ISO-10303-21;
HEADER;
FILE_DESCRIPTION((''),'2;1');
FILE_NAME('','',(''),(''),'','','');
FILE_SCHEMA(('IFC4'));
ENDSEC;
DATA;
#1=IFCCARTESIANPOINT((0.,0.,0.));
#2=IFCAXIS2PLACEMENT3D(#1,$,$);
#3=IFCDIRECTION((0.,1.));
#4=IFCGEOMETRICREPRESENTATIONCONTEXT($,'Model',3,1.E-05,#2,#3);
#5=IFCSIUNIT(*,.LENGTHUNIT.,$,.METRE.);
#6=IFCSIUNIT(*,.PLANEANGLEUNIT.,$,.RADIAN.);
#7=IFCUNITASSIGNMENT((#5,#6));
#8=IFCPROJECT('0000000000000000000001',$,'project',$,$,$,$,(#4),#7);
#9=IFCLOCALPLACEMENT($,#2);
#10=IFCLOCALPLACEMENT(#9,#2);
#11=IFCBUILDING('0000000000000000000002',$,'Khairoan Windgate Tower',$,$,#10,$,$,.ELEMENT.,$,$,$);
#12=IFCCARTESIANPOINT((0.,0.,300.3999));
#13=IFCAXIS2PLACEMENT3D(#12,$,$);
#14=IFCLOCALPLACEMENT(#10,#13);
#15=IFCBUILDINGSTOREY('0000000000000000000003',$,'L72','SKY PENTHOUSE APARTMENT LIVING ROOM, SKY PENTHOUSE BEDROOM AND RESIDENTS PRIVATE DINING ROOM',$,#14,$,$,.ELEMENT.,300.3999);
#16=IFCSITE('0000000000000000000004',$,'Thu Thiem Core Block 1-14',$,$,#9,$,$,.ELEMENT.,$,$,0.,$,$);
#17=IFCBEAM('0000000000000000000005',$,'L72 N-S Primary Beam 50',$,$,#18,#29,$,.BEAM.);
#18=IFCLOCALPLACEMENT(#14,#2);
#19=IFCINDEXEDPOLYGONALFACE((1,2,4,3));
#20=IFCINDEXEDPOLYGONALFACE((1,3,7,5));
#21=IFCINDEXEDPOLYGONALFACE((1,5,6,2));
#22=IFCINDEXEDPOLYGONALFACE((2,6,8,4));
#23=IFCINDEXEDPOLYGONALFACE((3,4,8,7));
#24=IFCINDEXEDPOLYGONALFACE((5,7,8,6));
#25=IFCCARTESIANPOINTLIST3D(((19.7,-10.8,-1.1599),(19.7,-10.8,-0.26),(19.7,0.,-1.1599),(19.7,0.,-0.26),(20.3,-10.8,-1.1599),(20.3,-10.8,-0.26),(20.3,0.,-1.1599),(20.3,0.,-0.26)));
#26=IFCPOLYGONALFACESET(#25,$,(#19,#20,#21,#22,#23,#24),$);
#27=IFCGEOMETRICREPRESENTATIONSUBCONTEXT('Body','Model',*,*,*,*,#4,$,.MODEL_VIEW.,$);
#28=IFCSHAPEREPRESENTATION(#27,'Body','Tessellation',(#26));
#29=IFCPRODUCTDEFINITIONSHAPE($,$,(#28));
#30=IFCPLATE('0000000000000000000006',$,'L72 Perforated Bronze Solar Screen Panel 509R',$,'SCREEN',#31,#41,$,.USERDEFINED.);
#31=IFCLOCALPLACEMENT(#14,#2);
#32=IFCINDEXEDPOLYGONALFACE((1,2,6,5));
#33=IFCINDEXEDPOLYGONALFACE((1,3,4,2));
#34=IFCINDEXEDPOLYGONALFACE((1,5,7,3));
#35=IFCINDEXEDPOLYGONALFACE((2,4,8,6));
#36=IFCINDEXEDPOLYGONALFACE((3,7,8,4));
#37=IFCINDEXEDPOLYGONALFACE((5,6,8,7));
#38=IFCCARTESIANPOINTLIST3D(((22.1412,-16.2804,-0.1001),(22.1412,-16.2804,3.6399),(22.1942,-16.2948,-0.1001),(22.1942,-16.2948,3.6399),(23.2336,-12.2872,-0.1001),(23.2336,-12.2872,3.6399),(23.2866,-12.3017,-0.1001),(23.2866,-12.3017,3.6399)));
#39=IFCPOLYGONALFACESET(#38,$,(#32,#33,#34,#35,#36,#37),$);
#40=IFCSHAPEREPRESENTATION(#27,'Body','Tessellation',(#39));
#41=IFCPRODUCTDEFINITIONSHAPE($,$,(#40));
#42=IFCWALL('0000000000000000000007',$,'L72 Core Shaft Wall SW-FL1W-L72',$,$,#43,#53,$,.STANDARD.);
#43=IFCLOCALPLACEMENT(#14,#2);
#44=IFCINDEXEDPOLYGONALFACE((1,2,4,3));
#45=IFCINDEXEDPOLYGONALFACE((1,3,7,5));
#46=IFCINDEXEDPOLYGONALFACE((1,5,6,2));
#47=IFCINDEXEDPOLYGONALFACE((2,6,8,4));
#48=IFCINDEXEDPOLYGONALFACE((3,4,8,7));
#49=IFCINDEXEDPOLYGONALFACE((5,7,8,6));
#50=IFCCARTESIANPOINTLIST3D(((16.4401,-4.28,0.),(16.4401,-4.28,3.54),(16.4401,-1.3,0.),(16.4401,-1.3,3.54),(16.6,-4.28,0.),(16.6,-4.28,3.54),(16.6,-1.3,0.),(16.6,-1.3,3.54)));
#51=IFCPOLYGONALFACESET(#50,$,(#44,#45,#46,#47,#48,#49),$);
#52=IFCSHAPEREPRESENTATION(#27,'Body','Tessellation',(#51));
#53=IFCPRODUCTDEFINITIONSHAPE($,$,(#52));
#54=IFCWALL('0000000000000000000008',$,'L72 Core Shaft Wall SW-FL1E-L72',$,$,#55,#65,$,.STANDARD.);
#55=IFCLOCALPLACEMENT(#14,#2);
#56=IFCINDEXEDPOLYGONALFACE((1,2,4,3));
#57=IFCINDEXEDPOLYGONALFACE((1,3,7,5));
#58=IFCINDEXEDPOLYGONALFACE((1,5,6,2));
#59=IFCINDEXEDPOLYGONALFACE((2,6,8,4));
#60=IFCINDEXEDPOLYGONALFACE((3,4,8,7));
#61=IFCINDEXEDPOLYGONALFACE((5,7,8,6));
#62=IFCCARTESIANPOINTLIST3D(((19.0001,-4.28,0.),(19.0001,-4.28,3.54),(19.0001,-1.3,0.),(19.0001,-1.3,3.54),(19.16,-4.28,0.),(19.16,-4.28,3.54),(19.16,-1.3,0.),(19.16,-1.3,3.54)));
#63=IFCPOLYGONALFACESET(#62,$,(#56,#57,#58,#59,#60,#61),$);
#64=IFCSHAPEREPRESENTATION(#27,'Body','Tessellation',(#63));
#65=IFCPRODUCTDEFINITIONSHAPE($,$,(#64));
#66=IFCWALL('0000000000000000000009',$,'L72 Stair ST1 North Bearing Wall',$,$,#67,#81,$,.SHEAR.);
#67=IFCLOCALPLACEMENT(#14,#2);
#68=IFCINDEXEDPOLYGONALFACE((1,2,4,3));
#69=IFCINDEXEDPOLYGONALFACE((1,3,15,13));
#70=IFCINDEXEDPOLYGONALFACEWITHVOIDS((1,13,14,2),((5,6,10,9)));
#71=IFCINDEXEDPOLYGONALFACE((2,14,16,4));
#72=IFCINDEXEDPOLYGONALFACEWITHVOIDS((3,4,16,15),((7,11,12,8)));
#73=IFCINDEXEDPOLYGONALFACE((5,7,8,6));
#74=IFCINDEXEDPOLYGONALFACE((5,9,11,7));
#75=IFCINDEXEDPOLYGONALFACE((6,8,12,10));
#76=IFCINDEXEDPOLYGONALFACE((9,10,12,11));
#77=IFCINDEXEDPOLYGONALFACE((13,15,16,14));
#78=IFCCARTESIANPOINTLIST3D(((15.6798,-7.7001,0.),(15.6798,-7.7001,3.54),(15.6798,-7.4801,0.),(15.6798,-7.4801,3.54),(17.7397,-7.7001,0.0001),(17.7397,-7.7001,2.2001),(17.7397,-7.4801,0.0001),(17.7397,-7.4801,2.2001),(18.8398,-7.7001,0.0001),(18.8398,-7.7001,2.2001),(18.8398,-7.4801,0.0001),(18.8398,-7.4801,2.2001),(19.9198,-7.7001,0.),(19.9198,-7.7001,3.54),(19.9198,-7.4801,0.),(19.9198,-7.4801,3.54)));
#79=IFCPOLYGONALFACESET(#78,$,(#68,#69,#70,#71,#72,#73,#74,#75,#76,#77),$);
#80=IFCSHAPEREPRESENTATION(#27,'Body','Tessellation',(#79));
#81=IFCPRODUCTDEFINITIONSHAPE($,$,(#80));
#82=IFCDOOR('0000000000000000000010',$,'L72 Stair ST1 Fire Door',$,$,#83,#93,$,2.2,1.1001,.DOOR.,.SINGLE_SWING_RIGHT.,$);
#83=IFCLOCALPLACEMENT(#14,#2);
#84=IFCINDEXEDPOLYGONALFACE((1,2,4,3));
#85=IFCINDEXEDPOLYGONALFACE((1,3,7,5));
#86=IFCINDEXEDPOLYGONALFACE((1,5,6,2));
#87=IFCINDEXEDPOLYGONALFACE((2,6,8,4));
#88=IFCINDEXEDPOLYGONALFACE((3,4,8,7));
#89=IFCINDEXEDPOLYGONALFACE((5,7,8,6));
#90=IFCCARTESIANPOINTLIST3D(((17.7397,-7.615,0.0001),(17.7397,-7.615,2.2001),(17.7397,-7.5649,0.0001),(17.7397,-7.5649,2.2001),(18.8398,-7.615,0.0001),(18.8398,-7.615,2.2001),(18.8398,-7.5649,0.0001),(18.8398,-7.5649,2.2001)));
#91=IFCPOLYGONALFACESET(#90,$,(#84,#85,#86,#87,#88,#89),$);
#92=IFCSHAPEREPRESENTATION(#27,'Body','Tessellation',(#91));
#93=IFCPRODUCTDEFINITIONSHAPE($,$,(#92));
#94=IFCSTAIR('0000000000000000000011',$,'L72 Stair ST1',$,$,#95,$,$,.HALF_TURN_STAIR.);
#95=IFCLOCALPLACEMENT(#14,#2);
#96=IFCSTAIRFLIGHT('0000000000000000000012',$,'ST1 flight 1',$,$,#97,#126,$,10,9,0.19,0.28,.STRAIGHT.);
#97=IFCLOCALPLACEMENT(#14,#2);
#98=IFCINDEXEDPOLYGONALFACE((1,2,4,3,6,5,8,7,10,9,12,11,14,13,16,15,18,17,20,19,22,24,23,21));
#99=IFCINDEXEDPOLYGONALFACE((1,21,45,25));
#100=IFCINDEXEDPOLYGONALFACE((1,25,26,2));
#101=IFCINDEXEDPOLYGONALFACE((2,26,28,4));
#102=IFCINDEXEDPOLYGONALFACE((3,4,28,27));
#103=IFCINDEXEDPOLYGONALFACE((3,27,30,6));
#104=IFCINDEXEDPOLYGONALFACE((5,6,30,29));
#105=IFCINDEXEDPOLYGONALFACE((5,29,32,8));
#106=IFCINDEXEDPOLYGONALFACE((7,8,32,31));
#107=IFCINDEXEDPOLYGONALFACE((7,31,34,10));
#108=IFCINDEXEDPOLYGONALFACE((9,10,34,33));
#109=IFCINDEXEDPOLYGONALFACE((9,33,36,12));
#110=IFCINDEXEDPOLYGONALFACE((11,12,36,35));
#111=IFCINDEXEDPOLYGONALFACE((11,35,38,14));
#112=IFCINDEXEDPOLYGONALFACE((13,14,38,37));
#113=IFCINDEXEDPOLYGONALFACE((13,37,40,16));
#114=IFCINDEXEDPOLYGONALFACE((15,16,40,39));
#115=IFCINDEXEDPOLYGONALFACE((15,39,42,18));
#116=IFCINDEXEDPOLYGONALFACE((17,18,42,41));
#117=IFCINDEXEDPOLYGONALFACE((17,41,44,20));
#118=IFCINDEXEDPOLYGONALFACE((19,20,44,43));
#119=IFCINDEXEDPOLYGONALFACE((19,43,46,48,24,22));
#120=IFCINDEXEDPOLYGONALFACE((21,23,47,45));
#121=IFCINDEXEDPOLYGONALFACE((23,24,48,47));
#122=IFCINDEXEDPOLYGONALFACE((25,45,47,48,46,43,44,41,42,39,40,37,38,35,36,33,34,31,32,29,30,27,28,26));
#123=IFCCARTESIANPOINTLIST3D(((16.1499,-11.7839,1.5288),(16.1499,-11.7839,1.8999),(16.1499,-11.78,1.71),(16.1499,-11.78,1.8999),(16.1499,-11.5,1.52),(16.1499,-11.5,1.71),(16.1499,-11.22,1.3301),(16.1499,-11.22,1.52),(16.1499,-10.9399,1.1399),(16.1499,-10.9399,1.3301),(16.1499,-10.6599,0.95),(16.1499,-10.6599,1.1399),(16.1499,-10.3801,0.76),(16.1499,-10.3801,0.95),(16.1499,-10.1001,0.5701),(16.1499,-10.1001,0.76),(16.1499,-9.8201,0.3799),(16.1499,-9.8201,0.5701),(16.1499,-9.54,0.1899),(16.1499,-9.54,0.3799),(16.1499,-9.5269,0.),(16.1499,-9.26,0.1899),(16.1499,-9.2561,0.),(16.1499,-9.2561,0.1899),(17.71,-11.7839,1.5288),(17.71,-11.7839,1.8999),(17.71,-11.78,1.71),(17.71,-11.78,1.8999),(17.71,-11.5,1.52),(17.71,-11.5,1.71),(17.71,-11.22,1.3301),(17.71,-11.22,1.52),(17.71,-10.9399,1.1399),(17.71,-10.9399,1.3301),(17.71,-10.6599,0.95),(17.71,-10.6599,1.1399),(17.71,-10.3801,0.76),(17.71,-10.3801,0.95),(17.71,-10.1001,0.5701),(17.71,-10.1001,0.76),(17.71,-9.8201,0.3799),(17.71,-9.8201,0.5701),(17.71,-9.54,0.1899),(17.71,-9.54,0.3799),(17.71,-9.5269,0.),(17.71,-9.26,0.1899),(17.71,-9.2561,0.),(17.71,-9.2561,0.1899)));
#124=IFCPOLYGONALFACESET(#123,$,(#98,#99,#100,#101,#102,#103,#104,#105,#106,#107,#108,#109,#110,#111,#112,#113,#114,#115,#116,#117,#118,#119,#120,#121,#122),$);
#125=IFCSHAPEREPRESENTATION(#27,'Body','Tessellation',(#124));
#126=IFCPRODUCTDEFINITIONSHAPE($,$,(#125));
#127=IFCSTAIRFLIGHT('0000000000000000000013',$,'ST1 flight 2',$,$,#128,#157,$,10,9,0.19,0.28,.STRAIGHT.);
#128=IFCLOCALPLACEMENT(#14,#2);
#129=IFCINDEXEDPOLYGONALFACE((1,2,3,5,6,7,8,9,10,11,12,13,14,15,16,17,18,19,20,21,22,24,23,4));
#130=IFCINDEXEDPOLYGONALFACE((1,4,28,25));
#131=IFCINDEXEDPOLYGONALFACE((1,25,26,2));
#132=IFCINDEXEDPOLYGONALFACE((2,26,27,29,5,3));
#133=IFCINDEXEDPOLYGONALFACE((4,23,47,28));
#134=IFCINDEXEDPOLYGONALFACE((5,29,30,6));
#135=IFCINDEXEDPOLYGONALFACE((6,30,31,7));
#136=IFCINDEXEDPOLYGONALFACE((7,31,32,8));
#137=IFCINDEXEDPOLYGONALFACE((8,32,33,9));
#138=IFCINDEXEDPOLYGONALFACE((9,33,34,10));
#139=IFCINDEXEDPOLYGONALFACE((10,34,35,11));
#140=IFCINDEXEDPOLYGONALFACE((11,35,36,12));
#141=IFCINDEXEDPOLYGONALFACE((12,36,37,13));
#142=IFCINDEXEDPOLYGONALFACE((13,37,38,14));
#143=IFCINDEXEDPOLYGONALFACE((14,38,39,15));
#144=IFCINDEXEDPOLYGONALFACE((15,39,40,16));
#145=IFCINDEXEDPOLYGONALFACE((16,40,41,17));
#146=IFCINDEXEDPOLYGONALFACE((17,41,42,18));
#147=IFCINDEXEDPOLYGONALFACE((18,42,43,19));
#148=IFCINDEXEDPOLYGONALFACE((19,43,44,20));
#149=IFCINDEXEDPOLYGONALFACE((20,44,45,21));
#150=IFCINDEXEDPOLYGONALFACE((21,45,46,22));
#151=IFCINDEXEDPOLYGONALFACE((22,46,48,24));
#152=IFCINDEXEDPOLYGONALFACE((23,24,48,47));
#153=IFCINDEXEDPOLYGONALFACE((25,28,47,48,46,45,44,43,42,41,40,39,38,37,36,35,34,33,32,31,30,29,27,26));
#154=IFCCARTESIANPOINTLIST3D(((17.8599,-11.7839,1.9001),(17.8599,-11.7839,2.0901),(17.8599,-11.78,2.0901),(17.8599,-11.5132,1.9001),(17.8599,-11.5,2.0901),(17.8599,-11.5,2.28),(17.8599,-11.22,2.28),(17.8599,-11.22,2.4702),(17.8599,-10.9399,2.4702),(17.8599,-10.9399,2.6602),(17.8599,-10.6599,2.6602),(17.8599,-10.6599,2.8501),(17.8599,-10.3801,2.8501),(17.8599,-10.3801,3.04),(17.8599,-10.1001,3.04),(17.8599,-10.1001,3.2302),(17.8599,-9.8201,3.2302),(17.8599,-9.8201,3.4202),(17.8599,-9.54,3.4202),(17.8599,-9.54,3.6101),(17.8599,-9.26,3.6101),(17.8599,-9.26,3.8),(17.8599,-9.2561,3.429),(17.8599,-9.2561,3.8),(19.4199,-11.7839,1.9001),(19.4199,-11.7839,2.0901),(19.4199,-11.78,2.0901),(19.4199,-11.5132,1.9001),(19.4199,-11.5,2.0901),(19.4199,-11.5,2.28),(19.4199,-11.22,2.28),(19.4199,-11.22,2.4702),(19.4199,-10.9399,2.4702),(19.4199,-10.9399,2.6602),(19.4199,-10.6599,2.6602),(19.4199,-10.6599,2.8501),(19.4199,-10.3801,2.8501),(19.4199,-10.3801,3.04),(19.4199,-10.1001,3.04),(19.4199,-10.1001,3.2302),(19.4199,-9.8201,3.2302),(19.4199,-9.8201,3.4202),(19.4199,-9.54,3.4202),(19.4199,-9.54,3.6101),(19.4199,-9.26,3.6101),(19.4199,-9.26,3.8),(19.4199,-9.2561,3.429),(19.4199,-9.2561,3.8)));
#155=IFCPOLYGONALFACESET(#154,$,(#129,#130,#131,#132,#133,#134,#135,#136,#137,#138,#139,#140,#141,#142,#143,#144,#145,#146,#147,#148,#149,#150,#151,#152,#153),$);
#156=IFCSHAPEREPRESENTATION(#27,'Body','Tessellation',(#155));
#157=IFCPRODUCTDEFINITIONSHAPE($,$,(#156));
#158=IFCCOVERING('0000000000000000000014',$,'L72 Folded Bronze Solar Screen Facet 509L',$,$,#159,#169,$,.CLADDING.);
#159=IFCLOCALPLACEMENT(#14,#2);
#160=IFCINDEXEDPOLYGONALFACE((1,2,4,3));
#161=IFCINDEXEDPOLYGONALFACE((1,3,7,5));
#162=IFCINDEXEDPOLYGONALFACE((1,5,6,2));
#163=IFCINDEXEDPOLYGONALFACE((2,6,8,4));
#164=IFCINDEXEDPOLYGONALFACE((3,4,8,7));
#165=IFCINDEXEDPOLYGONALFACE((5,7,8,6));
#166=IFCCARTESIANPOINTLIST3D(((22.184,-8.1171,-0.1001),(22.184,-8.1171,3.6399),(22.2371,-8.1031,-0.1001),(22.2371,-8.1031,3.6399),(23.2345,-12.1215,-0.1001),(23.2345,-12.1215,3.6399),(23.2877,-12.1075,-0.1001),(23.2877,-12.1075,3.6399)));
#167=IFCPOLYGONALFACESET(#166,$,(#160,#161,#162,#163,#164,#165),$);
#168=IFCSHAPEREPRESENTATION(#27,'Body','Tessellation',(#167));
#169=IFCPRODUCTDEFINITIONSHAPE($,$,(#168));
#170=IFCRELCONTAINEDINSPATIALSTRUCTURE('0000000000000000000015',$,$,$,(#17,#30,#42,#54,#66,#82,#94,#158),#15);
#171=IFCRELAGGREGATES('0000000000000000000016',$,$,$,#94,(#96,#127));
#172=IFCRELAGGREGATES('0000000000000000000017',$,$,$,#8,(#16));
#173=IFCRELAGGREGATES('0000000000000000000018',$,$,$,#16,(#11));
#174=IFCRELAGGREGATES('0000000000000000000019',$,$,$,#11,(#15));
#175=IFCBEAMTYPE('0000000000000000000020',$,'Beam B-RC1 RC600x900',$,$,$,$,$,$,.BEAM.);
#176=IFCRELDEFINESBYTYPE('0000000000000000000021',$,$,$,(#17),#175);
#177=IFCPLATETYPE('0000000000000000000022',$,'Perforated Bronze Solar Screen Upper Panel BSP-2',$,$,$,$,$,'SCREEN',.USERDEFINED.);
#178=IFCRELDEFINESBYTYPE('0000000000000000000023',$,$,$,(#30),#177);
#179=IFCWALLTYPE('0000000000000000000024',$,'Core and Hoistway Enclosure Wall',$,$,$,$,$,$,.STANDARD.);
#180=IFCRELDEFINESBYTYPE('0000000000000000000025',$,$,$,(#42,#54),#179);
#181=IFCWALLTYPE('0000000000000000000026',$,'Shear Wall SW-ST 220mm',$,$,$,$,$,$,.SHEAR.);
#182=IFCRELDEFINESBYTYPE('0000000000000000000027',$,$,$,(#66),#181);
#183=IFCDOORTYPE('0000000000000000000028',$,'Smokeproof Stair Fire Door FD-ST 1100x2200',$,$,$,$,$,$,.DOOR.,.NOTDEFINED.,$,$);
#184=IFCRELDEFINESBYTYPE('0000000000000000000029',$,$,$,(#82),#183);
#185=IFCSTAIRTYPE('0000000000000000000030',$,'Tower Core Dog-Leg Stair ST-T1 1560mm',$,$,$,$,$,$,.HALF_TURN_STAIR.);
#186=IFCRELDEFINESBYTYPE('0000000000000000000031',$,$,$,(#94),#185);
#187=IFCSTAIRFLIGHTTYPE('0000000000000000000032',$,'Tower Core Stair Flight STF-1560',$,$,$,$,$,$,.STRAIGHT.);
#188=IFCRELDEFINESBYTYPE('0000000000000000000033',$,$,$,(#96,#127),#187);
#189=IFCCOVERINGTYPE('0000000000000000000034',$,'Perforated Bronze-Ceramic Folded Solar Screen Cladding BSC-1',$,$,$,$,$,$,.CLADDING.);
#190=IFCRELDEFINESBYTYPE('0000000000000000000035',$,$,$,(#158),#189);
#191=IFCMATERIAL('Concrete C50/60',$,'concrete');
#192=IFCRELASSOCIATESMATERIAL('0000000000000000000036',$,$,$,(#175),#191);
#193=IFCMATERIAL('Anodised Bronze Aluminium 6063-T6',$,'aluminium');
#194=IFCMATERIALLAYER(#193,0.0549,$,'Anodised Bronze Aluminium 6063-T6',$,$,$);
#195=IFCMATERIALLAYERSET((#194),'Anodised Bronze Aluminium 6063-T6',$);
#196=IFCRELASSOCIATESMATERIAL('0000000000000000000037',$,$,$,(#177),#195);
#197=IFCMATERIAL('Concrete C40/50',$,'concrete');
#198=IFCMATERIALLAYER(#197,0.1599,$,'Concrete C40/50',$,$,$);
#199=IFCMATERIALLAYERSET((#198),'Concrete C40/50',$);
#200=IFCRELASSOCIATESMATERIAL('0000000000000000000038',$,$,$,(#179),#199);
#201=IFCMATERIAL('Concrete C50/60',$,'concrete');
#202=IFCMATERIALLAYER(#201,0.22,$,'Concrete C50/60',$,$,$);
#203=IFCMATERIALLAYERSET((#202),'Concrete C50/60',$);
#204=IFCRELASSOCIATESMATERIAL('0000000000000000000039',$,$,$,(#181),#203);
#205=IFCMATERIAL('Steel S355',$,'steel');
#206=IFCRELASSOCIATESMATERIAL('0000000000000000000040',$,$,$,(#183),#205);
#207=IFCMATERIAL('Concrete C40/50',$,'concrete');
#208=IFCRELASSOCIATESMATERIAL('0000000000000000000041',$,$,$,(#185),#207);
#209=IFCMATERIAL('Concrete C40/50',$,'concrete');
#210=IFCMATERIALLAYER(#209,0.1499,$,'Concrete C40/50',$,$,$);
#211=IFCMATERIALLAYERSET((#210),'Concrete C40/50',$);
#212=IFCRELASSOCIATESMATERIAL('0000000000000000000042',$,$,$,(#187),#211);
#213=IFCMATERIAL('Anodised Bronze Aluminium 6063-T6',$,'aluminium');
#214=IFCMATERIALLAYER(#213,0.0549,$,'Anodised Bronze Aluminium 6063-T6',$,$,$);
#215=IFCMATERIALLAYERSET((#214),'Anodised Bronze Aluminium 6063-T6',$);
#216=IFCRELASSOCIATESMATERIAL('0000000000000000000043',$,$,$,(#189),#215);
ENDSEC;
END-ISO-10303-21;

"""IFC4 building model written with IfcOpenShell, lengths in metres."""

from ifc_helpers import new_model, si_unit, direction, frame, frame_2d, origin, origin_2d, place, context, subcontext, project, spatial, polyline, rectangle, outline, extrude, material, layer, layer_set, material_profile, profile_set, type_object, element, fill, aggregate, save


model = new_model("IFC4")

# Units and contexts
model_context = context("Model", 3, precision=1e-05, world=origin(), true_north=direction((0.0, 1.0)))
body_context = subcontext(model_context, "Body", "Model", "MODEL_VIEW")
ifc_project = project(units=[si_unit("LENGTHUNIT", "METRE"), si_unit("PLANEANGLEUNIT", "RADIAN")], contexts=[model_context])

# Site, building, storey
site_placement = place(None, origin())
site = spatial("IfcSite", under=ifc_project, at=site_placement, Name="Thu Thiem Core Block 1-14", CompositionType="ELEMENT", RefElevation=0.0)
building_placement = place(site_placement, origin())
building = spatial("IfcBuilding", under=site, at=building_placement, Name="Khairoan Windgate Tower", CompositionType="ELEMENT")
storey_placement = place(building_placement, frame((0.0, 0.0, 300.3999)))
storey = spatial("IfcBuildingStorey", under=building, at=storey_placement, Name="L72", Description="SKY PENTHOUSE APARTMENT LIVING ROOM, SKY PENTHOUSE BEDROOM AND RESIDENTS PRIVATE DINING ROOM", CompositionType="ELEMENT", Elevation=300.3999)

# Beam
ifc_material_1 = material(Name="Concrete C50/60", Category="concrete")
ifc_material_profile = material_profile(ifc_material_1, rectangle(XDim=0.6001, YDim=0.8999, at=origin_2d()))
ifc_profile_set = profile_set([ifc_material_profile], Name="Concrete C50/60")
beam_type = type_object("IfcBeamType", Name="Beam B-RC1 RC600x900", PredefinedType="BEAM", material=ifc_profile_set)
beam_placement = place(storey_placement, frame((20.0, -10.8, -0.71), z_axis=(0.0, 1.0, 0.0), x_axis=(-1.0, 0.0, 0.0)))
element("IfcBeam", 1, at=beam_placement, inside=storey, type_object=beam_type, Name="L72 N-S Primary Beam 50", PredefinedType="BEAM", context=body_context, shape_type="SweptSolid", body=[
    extrude(rectangle(XDim=0.6001, YDim=0.8999, at=origin_2d()), origin(), (0.0, 0.0, 1.0), 10.8),
])

# Plate
ifc_material_2 = material(Name="Anodised Bronze Aluminium 6063-T6", Category="aluminium")
ifc_layer_1 = layer(ifc_material_2, 0.0549, Name="Anodised Bronze Aluminium 6063-T6")
ifc_layer_set_1 = layer_set([ifc_layer_1], Name="Anodised Bronze Aluminium 6063-T6")
plate_type = type_object("IfcPlateType", Name="Perforated Bronze Solar Screen Upper Panel BSP-2", ElementType="SCREEN", PredefinedType="USERDEFINED", material=ifc_layer_set_1)
plate_placement = place(storey_placement, frame((22.7139, -14.291, -0.1001), z_axis=(0.0, 0.0, 1.0), x_axis=(-0.263873, -0.964557, 0.0)))
element("IfcPlate", 2, at=plate_placement, inside=storey, type_object=plate_type, Name="L72 Perforated Bronze Solar Screen Panel 509R", ObjectType="SCREEN", PredefinedType="USERDEFINED", context=body_context, shape_type="SweptSolid", body=[
    extrude(rectangle(XDim=4.1399, YDim=0.0549, at=origin_2d()), origin(), (0.0, 0.0, 1.0), 3.74),
])

# Walls
ifc_material_3 = material(Name="Concrete C40/50", Category="concrete")
ifc_layer_2 = layer(ifc_material_3, 0.1599, Name="Concrete C40/50")
ifc_layer_set_2 = layer_set([ifc_layer_2], Name="Concrete C40/50")
wall_type_1 = type_object("IfcWallType", Name="Core and Hoistway Enclosure Wall", PredefinedType="STANDARD", material=ifc_layer_set_2)
for number, where, z_axis, x_axis, name in (
    (3, (16.52, -4.28, 0.0), (0.0, 0.0, 1.0), (0.0, 1.0, 0.0), "L72 Core Shaft Wall SW-FL1W-L72"),
    (4, (19.0801, -4.28, 0.0), (0.0, 0.0, 1.0), (0.0, 1.0, 0.0), "L72 Core Shaft Wall SW-FL1E-L72"),
):
    element("IfcWall", number, at=place(storey_placement, frame(where, z_axis=z_axis, x_axis=x_axis)), inside=storey, type_object=wall_type_1, Name=name, PredefinedType="STANDARD", context=body_context, shape_type="SweptSolid", body=[
        extrude(rectangle(XDim=2.98, YDim=0.1599, at=frame_2d((1.49, 0.0))), origin(), (0.0, 0.0, 1.0), 3.54),
    ])

# Wall, opening, door
ifc_material_4 = material(Name="Concrete C50/60", Category="concrete")
ifc_layer_3 = layer(ifc_material_4, 0.22, Name="Concrete C50/60")
ifc_layer_set_3 = layer_set([ifc_layer_3], Name="Concrete C50/60")
wall_type_2 = type_object("IfcWallType", Name="Shear Wall SW-ST 220mm", PredefinedType="SHEAR", material=ifc_layer_set_3)
wall_placement = place(storey_placement, frame((19.9199, -7.5901, 0.0), z_axis=(0.0, 0.0, 1.0), x_axis=(-1.0, 0.0, 0.0)))
wall = element("IfcWall", 5, at=wall_placement, inside=storey, type_object=wall_type_2, Name="L72 Stair ST1 North Bearing Wall", PredefinedType="SHEAR", context=body_context, shape_type="SweptSolid", body=[
    extrude(rectangle(XDim=4.24, YDim=0.22, at=frame_2d((2.1201, 0.0))), origin(), (0.0, 0.0, 1.0), 3.54),
])
opening_placement = place(wall_placement, frame((1.0801, 0.0, 0.0)))
opening = element("IfcOpeningElement", 6, at=opening_placement, cuts=wall, PredefinedType="OPENING", context=body_context, shape_type="SweptSolid", body=[
    extrude(rectangle(XDim=1.1001, YDim=2.2, at=frame_2d((0.55, 1.1001))), frame((0.0, 0.1199, 0.0), z_axis=(0.0, -1.0, 0.0), x_axis=(1.0, 0.0, 0.0)), (0.0, 0.0, 1.0), 0.24),
])
ifc_material_5 = material(Name="Steel S355", Category="steel")
door_type = type_object("IfcDoorType", Name="Smokeproof Stair Fire Door FD-ST 1100x2200", OperationType="NOTDEFINED", PredefinedType="DOOR", material=ifc_material_5)
door_placement = place(opening_placement, origin())
door = element("IfcDoor", 7, at=door_placement, inside=storey, type_object=door_type, Name="L72 Stair ST1 Fire Door", OperationType="SINGLE_SWING_RIGHT", OverallHeight=2.2, OverallWidth=1.1001, PredefinedType="DOOR", context=body_context, shape_type="SweptSolid", body=[
    extrude(rectangle(XDim=1.1001, YDim=2.2, at=frame_2d((0.55, 1.1001))), frame((0.0, 0.0249, 0.0), z_axis=(0.0, -1.0, 0.0), x_axis=(1.0, 0.0, 0.0)), (0.0, 0.0, 1.0), 0.05),
])
fill(opening, door)

# Stair, stair flights
ifc_material_6 = material(Name="Concrete C40/50", Category="concrete")
stair_type = type_object("IfcStairType", Name="Tower Core Dog-Leg Stair ST-T1 1560mm", PredefinedType="HALF_TURN_STAIR", material=ifc_material_6)
stair_placement = place(storey_placement, origin())
stair = element("IfcStair", 8, at=stair_placement, inside=storey, type_object=stair_type, Name="L72 Stair ST1", PredefinedType="HALF_TURN_STAIR")
ifc_material_7 = material(Name="Concrete C40/50", Category="concrete")
ifc_layer_4 = layer(ifc_material_7, 0.1499, Name="Concrete C40/50")
ifc_layer_set_4 = layer_set([ifc_layer_4], Name="Concrete C40/50")
stair_flight_type = type_object("IfcStairFlightType", Name="Tower Core Stair Flight STF-1560", PredefinedType="STRAIGHT", material=ifc_layer_set_4)
stair_flight_1_placement = place(storey_placement, frame((16.9299, -9.26, 0.0), z_axis=(0.0, 0.0, 1.0), x_axis=(0.0, -1.0, 0.0)))
stair_flight_1 = element("IfcStairFlight", 9, at=stair_flight_1_placement, type_object=stair_flight_type, Name="ST1 flight 1", NumberOfRisers=10, NumberOfTreads=9, PredefinedType="STRAIGHT", RiserHeight=0.19, TreadLength=0.28, context=body_context, shape_type="SweptSolid", body=[
    extrude(outline(polyline([(-0.0039, 0.0), (-0.0039, 0.1899), (0.0, 0.1899), (0.28, 0.1899), (0.28, 0.3799), (0.5601, 0.3799), (0.5601, 0.5701), (0.8401, 0.5701), (0.8401, 0.76), (1.1201, 0.76), (1.1201, 0.95), (1.3999, 0.95), (1.3999, 1.1399), (1.6799, 1.1399), (1.6799, 1.3301), (1.96, 1.3301), (1.96, 1.52), (2.24, 1.52), (2.24, 1.71), (2.52, 1.71), (2.52, 1.8999), (2.5239, 1.8999), (2.5239, 1.5288), (0.2668, 0.0), (-0.0039, 0.0)])), frame((0.0, 0.78, 0.0), z_axis=(0.0, -1.0, 0.0), x_axis=(1.0, 0.0, 0.0)), (0.0, 0.0, 1.0), 1.5601),
])
stair_flight_2_placement = place(storey_placement, frame((18.6399, -11.78, 1.9001), z_axis=(0.0, 0.0, 1.0), x_axis=(0.0, 1.0, 0.0)))
stair_flight_2 = element("IfcStairFlight", 10, at=stair_flight_2_placement, type_object=stair_flight_type, Name="ST1 flight 2", NumberOfRisers=10, NumberOfTreads=9, PredefinedType="STRAIGHT", RiserHeight=0.19, TreadLength=0.28, context=body_context, shape_type="SweptSolid", body=[
    extrude(outline(polyline([(-0.0039, 0.0), (-0.0039, 0.1899), (0.0, 0.1899), (0.28, 0.1899), (0.28, 0.3799), (0.5601, 0.3799), (0.5601, 0.5701), (0.8401, 0.5701), (0.8401, 0.76), (1.1201, 0.76), (1.1201, 0.95), (1.3999, 0.95), (1.3999, 1.1399), (1.6799, 1.1399), (1.6799, 1.3301), (1.96, 1.3301), (1.96, 1.52), (2.24, 1.52), (2.24, 1.71), (2.52, 1.71), (2.52, 1.8999), (2.5239, 1.8999), (2.5239, 1.5288), (0.2668, 0.0), (-0.0039, 0.0)])), frame((0.0, 0.78, 0.0), z_axis=(0.0, -1.0, 0.0), x_axis=(1.0, 0.0, 0.0)), (0.0, 0.0, 1.0), 1.5601),
])
aggregate(stair, [stair_flight_1, stair_flight_2])

# Covering
ifc_material_8 = material(Name="Anodised Bronze Aluminium 6063-T6", Category="aluminium")
ifc_layer_5 = layer(ifc_material_8, 0.0549, Name="Anodised Bronze Aluminium 6063-T6")
ifc_layer_set_5 = layer_set([ifc_layer_5], Name="Anodised Bronze Aluminium 6063-T6")
covering_type = type_object("IfcCoveringType", Name="Perforated Bronze-Ceramic Folded Solar Screen Cladding BSC-1", PredefinedType="CLADDING", material=ifc_layer_set_5)
covering_placement = place(storey_placement, frame((22.7358, -10.1123, -0.1001), z_axis=(0.0, 0.0, 1.0), x_axis=(0.253758, -0.967268, 0.0)))
element("IfcCovering", 11, at=covering_placement, inside=storey, type_object=covering_type, Name="L72 Folded Bronze Solar Screen Facet 509L", PredefinedType="CLADDING", context=body_context, shape_type="SweptSolid", body=[
    extrude(rectangle(XDim=4.1399, YDim=0.0549, at=origin_2d()), origin(), (0.0, 0.0, 1.0), 3.74),
])

save(model, "model.ifc")
